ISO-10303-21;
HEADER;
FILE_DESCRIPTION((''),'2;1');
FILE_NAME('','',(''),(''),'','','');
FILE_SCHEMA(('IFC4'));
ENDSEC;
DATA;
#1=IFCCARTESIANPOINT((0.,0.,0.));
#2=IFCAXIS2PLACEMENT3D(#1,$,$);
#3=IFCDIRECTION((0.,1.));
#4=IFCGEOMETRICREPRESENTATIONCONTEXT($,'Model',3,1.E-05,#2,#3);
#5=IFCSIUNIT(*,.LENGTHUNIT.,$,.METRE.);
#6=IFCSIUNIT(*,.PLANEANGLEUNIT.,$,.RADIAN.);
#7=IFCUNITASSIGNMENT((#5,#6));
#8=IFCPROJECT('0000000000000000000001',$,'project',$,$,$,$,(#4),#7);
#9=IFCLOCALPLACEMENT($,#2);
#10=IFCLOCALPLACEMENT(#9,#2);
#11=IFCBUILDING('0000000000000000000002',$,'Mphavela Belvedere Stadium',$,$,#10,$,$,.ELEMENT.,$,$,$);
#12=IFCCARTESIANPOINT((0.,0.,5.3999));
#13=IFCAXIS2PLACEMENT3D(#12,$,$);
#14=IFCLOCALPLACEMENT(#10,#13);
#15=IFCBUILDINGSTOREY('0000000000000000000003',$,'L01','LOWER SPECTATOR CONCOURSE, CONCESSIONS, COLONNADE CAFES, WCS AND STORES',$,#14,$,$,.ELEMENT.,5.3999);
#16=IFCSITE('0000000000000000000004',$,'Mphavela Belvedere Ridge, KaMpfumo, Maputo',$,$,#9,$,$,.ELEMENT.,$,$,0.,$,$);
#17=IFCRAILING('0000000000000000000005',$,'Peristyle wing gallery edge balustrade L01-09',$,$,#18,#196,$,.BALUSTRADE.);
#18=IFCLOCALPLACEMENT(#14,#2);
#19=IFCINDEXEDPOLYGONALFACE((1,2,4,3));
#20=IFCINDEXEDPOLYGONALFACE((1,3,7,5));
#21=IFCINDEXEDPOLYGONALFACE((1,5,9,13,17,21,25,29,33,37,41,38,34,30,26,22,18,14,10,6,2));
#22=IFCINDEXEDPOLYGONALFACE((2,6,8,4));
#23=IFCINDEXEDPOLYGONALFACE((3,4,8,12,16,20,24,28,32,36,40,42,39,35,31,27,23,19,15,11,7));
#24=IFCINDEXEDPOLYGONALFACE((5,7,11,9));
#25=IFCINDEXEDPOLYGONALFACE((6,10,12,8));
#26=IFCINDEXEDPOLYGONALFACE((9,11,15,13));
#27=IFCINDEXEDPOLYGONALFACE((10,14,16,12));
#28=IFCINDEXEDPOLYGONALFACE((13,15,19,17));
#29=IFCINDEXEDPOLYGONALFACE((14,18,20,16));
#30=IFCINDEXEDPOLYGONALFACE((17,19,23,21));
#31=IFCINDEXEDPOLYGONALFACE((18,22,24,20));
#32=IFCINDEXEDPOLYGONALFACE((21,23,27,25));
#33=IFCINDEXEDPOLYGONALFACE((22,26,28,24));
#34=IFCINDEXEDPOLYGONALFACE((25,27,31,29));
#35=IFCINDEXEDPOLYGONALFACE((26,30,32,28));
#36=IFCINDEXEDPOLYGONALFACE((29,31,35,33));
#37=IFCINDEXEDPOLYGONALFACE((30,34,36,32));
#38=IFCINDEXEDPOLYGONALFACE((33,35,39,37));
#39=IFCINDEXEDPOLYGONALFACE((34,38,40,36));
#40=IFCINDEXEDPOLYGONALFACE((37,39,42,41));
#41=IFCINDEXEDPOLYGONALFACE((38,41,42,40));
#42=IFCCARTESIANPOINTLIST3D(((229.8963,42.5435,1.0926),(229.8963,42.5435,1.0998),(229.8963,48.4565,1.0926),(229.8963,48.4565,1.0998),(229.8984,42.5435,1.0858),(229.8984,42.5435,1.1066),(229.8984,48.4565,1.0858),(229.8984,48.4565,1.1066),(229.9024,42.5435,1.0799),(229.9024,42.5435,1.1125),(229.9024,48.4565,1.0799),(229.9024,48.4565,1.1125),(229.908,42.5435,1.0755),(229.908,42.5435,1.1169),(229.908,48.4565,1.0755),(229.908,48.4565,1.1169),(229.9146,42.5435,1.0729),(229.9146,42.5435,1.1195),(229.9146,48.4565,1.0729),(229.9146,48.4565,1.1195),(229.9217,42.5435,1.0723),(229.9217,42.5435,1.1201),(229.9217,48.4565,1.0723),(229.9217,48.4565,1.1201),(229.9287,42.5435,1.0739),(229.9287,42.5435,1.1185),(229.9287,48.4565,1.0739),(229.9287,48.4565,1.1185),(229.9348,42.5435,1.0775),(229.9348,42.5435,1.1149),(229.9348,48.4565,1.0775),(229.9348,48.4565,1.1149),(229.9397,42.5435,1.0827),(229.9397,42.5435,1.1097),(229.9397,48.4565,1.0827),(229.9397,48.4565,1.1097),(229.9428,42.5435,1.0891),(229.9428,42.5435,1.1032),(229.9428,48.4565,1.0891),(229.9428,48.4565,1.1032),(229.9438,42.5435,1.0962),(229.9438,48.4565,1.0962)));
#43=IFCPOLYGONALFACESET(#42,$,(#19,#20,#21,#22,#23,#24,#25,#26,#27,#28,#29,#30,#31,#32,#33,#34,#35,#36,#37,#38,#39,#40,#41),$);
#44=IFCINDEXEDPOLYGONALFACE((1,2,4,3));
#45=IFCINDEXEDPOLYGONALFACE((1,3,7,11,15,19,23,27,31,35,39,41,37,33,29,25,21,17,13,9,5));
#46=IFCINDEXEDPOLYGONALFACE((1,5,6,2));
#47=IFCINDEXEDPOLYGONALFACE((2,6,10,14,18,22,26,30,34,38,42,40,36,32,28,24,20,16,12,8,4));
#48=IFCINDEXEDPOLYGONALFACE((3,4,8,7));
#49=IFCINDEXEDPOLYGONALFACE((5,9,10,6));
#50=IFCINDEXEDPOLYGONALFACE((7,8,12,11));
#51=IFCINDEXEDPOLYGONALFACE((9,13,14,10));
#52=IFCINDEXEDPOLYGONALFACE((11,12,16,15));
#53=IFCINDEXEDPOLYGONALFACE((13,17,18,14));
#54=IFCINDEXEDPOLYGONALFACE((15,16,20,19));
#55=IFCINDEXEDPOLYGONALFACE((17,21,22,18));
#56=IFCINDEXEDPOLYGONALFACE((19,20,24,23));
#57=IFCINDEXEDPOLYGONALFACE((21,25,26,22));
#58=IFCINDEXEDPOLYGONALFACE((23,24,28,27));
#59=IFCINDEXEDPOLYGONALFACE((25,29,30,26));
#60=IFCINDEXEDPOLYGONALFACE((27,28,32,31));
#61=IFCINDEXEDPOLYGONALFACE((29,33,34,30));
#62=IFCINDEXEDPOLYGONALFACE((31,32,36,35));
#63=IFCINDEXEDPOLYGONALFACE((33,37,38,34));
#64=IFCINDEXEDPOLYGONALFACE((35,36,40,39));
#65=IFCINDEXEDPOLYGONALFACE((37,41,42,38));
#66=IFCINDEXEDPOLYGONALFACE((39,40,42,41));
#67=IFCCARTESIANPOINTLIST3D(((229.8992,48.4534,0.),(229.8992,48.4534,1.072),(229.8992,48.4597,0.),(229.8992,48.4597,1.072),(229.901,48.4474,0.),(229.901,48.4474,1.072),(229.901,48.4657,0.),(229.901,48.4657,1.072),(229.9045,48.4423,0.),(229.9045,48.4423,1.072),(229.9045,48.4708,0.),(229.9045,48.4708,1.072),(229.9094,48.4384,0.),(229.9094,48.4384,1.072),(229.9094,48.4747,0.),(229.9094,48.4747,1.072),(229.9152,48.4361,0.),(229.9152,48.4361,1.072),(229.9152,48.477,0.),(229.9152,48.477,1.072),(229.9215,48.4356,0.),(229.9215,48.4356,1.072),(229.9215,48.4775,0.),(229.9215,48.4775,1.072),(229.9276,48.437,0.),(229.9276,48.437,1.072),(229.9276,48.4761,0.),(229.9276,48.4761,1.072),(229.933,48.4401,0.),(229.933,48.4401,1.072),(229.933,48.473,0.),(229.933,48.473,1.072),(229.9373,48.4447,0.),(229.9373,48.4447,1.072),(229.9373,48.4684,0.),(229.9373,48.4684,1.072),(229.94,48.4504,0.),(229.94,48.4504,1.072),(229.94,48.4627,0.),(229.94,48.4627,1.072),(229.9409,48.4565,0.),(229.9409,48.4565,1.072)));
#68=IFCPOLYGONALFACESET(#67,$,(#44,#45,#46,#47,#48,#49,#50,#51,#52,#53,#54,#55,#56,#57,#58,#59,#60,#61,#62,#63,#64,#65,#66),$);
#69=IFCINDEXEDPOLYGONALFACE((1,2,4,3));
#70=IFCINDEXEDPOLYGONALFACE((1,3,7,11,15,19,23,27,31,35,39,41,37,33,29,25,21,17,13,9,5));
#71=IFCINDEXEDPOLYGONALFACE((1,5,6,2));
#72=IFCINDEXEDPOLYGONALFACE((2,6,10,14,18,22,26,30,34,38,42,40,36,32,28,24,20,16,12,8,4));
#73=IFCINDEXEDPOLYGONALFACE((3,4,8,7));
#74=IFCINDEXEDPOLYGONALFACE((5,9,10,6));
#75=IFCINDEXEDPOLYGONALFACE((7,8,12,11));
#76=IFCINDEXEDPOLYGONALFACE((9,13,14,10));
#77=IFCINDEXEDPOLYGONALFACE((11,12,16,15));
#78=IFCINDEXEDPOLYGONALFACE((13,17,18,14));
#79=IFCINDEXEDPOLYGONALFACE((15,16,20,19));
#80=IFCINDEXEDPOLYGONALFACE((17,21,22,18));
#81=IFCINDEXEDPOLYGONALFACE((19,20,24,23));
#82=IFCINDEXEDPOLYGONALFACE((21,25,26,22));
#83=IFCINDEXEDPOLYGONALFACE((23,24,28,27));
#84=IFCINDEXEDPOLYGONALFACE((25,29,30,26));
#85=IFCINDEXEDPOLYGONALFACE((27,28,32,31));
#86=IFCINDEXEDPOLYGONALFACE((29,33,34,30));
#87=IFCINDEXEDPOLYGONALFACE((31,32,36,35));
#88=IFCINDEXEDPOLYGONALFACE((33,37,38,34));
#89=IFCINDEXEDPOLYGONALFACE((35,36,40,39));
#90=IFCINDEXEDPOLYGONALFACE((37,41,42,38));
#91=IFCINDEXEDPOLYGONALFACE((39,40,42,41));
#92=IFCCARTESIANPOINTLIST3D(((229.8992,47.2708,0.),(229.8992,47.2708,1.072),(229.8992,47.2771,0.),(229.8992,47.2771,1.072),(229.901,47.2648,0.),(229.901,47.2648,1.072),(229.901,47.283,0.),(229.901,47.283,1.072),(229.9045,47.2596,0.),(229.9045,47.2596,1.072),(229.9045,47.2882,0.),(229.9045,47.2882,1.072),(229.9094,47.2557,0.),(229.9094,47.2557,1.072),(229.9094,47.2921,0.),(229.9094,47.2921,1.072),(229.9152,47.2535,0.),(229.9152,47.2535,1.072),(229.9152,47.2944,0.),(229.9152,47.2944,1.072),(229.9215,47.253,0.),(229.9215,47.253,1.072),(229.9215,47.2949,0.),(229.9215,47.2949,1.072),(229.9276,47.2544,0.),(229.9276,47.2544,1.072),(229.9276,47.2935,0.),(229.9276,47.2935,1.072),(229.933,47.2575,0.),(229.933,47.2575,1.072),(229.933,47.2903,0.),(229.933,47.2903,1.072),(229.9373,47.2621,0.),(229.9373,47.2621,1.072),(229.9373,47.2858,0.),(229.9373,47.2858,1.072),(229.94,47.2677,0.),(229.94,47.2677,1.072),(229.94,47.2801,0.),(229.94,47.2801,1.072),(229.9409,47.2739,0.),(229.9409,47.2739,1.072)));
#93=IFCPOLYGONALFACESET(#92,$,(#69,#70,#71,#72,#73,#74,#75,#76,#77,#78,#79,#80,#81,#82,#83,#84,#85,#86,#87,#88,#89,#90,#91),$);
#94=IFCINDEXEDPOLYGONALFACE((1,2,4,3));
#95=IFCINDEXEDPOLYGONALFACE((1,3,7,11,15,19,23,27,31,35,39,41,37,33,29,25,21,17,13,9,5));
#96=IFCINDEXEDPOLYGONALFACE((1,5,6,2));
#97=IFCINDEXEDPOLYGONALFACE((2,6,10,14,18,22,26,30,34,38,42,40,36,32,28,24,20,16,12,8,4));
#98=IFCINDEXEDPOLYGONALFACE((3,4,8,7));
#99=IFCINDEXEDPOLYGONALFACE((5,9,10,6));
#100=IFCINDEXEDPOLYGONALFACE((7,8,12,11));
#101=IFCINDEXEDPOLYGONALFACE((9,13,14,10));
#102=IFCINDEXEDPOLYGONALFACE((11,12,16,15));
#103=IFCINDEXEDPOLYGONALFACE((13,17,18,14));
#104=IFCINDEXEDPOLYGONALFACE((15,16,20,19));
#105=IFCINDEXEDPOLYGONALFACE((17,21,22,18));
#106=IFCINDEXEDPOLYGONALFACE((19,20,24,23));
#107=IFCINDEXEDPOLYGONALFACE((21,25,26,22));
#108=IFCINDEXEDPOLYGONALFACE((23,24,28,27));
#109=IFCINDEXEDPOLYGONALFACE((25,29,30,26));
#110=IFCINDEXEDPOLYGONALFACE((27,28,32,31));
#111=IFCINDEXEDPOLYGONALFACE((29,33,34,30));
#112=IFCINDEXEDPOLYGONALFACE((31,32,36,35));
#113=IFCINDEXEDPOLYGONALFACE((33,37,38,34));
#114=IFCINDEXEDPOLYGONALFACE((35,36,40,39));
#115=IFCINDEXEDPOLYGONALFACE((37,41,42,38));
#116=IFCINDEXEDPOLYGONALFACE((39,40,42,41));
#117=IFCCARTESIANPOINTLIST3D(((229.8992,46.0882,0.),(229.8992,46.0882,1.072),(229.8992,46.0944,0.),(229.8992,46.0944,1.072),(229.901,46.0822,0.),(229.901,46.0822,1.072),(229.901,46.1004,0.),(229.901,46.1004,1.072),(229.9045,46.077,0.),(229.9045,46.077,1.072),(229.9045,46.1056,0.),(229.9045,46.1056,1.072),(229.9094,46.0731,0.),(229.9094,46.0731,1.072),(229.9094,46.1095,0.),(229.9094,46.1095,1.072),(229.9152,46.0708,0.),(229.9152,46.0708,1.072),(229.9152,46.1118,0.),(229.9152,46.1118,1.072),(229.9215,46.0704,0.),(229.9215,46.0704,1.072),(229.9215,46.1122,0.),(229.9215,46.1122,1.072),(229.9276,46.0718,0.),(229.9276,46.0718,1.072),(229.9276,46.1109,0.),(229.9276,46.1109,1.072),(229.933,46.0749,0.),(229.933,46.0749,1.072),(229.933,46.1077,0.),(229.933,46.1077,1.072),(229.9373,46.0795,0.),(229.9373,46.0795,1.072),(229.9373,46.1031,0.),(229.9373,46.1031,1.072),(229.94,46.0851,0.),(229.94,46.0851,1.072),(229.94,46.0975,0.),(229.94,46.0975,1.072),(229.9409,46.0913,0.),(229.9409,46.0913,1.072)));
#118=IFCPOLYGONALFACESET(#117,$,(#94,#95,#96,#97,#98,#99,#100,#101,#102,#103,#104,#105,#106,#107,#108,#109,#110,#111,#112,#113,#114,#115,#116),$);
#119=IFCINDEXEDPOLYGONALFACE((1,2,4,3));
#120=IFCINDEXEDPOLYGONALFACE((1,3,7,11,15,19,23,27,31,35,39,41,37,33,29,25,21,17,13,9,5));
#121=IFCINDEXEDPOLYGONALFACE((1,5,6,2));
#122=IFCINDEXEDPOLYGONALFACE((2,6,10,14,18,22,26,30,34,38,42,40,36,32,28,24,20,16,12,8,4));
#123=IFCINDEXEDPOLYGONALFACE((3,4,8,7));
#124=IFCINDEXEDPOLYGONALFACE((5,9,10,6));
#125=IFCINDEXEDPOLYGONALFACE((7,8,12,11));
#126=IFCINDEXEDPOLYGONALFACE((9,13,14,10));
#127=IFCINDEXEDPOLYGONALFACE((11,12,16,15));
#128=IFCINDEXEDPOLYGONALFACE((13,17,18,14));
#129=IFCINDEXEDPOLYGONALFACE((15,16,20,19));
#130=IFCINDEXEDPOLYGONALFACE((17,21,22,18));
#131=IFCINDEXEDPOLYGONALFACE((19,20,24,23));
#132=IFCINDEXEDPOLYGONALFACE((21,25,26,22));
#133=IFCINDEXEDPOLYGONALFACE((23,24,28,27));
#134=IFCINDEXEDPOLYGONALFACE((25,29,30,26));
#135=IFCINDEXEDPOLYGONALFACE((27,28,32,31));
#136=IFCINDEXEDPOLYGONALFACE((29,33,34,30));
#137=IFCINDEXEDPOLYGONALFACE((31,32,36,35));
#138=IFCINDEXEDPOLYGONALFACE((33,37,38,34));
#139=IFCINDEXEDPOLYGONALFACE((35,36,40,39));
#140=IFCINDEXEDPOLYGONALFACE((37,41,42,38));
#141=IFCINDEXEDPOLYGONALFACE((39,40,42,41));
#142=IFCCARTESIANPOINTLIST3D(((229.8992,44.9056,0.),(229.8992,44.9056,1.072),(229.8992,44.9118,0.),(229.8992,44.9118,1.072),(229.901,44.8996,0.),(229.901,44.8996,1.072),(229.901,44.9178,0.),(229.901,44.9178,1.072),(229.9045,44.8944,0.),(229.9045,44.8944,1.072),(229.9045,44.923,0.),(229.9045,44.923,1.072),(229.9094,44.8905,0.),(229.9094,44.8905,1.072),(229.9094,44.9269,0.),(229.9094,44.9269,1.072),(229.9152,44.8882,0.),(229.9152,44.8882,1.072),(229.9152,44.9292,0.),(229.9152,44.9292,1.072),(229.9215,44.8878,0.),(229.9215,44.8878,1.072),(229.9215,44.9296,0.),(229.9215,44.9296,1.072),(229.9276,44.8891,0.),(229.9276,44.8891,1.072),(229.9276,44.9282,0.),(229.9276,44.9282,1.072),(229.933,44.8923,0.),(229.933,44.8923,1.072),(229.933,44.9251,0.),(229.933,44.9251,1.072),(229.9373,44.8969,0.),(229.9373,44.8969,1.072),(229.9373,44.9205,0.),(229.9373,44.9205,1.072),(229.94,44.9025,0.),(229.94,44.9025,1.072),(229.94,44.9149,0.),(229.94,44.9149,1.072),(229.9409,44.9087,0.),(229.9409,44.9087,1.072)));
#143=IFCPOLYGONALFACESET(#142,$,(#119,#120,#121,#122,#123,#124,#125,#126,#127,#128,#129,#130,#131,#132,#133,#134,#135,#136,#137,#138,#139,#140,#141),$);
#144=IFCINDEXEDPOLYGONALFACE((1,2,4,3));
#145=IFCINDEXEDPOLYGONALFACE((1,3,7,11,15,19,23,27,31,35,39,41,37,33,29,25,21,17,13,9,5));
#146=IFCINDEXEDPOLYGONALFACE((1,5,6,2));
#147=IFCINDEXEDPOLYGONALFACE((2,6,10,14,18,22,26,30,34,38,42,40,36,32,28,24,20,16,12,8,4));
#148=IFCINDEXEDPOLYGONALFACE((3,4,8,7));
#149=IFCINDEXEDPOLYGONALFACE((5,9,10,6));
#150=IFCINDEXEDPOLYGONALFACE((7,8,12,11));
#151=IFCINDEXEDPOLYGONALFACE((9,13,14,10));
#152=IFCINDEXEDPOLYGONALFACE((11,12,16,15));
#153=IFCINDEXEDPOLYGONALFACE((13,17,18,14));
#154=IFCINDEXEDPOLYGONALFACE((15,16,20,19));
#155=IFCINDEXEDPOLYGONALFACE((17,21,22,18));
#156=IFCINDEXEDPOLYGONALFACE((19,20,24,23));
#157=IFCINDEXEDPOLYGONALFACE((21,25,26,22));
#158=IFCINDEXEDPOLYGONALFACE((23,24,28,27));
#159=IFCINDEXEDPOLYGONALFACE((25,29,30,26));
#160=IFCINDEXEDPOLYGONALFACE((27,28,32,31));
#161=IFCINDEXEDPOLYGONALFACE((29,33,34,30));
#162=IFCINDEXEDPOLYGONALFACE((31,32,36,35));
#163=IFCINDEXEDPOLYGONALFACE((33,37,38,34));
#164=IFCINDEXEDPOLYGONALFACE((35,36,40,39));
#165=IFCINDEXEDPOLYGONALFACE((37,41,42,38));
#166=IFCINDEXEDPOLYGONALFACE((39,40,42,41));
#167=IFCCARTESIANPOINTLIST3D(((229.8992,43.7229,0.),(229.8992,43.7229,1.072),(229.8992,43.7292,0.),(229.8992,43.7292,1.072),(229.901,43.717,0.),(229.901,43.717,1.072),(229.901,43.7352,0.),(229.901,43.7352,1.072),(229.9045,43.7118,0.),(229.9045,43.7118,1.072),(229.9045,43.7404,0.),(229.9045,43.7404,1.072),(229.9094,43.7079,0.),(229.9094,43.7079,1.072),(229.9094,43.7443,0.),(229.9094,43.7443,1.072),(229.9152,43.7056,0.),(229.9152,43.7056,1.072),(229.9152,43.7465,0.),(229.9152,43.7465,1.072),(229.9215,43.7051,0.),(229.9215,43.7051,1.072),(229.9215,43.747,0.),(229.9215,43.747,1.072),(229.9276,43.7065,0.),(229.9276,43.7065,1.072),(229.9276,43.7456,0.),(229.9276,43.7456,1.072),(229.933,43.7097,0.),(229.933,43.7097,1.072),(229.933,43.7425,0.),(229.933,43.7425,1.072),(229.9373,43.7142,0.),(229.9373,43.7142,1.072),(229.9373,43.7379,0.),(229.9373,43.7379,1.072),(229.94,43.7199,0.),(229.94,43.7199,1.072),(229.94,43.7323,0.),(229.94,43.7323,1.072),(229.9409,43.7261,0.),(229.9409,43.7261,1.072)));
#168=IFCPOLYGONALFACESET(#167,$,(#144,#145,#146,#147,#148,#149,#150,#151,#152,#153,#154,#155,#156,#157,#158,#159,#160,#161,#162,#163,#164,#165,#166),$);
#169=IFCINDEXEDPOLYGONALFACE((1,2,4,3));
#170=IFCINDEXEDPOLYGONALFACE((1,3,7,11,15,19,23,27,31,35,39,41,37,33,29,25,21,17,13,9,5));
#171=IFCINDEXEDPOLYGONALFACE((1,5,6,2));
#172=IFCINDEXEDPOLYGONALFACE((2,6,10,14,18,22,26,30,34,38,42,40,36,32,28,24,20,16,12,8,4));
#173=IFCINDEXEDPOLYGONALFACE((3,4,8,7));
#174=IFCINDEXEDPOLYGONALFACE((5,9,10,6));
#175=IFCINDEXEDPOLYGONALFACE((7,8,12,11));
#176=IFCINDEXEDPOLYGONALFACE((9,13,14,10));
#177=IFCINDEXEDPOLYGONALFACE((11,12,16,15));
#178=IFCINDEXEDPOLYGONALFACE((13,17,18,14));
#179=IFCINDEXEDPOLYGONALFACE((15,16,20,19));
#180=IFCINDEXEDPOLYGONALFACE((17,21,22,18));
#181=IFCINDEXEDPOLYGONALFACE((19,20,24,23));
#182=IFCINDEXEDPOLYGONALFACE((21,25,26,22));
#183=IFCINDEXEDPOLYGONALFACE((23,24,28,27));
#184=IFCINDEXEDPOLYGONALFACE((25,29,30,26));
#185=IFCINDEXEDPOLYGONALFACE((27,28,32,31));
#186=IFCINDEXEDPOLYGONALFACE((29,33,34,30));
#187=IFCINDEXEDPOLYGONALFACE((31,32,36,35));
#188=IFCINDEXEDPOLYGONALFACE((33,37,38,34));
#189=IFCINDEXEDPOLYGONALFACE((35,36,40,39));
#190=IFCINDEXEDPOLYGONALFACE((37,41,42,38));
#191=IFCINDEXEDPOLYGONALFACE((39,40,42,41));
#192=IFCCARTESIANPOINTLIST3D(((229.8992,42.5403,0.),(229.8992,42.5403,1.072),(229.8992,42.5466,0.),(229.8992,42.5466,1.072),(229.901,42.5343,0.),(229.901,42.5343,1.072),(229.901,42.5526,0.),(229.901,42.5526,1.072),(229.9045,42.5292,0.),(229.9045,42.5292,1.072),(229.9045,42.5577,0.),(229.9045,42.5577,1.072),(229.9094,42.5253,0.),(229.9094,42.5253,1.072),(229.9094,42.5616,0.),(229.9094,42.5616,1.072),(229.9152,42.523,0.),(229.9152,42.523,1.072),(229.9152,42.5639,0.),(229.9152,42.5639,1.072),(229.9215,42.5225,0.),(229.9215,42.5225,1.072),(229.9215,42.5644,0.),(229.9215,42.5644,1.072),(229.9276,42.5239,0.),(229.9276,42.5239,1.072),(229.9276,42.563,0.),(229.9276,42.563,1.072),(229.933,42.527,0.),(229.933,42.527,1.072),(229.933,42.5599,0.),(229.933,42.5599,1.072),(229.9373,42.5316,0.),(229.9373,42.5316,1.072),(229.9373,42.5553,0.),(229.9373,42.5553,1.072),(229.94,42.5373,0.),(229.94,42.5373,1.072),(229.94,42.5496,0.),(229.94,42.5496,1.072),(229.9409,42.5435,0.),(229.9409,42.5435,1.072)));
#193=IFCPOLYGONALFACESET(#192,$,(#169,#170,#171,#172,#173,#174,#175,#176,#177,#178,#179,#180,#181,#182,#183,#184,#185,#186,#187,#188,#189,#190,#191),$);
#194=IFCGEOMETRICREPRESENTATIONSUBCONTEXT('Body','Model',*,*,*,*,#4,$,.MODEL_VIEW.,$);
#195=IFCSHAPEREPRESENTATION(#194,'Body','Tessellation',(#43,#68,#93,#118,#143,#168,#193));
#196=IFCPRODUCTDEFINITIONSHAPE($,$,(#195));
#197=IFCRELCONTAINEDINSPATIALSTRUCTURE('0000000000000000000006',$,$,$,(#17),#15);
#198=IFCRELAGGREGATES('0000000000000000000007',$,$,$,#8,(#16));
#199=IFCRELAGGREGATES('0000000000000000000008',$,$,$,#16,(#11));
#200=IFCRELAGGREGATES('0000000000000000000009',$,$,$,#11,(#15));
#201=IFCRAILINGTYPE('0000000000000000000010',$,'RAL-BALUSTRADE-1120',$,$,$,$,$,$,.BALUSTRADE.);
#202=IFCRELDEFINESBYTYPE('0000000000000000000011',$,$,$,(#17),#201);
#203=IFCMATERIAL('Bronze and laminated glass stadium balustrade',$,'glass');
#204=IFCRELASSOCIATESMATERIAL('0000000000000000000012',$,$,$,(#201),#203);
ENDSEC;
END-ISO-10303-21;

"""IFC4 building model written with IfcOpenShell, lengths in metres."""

from ifc_helpers import new_model, si_unit, direction, frame, origin, origin_2d, place, context, subcontext, project, spatial, circle, extrude, material, type_object, element, save


model = new_model("IFC4")

# Units and contexts
model_context = context("Model", 3, precision=1e-05, world=origin(), true_north=direction((0.0, 1.0)))
body_context = subcontext(model_context, "Body", "Model", "MODEL_VIEW")
ifc_project = project(units=[si_unit("LENGTHUNIT", "METRE"), si_unit("PLANEANGLEUNIT", "RADIAN")], contexts=[model_context])

# Site, building, storey
site_placement = place(None, origin())
site = spatial("IfcSite", under=ifc_project, at=site_placement, Name="Mphavela Belvedere Ridge, KaMpfumo, Maputo", CompositionType="ELEMENT", RefElevation=0.0)
building_placement = place(site_placement, origin())
building = spatial("IfcBuilding", under=site, at=building_placement, Name="Mphavela Belvedere Stadium", CompositionType="ELEMENT")
storey_placement = place(building_placement, frame((0.0, 0.0, 5.3999)))
storey = spatial("IfcBuildingStorey", under=building, at=storey_placement, Name="L01", Description="LOWER SPECTATOR CONCOURSE, CONCESSIONS, COLONNADE CAFES, WCS AND STORES", CompositionType="ELEMENT", Elevation=5.3999)

# Railing
ifc_material_1 = material(Name="Bronze and laminated glass stadium balustrade", Category="glass")
railing_type = type_object("IfcRailingType", Name="RAL-BALUSTRADE-1120", PredefinedType="BALUSTRADE", material=ifc_material_1)
for number, where, name in (
    (1, (229.9199, 48.4565, 0.0), "Peristyle wing gallery edge balustrade L01-09"),
):
    element("IfcRailing", number, at=place(storey_placement, frame(where)), inside=storey, type_object=railing_type, Name=name, PredefinedType="BALUSTRADE", context=body_context, shape_type="SweptSolid", body=[
        extrude(circle(Radius=0.0239, at=origin_2d()), frame((0.0, 0.0, 1.0962), z_axis=(0.0, -1.0, 0.0), x_axis=(1.0, 0.0, 0.0)), (0.0, 0.0, 1.0), 5.9131),
        extrude(circle(Radius=0.021, at=origin_2d()), origin(), (0.0, 0.0, 1.0), 1.072),
        extrude(circle(Radius=0.021, at=origin_2d()), frame((0.0, -1.1826, 0.0)), (0.0, 0.0, 1.0), 1.072),
        extrude(circle(Radius=0.021, at=origin_2d()), frame((0.0, -2.3652, 0.0)), (0.0, 0.0, 1.0), 1.072),
        extrude(circle(Radius=0.021, at=origin_2d()), frame((0.0, -3.5479, 0.0)), (0.0, 0.0, 1.0), 1.072),
        extrude(circle(Radius=0.021, at=origin_2d()), frame((0.0, -4.7305, 0.0)), (0.0, 0.0, 1.0), 1.072),
        extrude(circle(Radius=0.021, at=origin_2d()), frame((0.0, -5.9131, 0.0)), (0.0, 0.0, 1.0), 1.072),
    ])

save(model, "model.ifc")
